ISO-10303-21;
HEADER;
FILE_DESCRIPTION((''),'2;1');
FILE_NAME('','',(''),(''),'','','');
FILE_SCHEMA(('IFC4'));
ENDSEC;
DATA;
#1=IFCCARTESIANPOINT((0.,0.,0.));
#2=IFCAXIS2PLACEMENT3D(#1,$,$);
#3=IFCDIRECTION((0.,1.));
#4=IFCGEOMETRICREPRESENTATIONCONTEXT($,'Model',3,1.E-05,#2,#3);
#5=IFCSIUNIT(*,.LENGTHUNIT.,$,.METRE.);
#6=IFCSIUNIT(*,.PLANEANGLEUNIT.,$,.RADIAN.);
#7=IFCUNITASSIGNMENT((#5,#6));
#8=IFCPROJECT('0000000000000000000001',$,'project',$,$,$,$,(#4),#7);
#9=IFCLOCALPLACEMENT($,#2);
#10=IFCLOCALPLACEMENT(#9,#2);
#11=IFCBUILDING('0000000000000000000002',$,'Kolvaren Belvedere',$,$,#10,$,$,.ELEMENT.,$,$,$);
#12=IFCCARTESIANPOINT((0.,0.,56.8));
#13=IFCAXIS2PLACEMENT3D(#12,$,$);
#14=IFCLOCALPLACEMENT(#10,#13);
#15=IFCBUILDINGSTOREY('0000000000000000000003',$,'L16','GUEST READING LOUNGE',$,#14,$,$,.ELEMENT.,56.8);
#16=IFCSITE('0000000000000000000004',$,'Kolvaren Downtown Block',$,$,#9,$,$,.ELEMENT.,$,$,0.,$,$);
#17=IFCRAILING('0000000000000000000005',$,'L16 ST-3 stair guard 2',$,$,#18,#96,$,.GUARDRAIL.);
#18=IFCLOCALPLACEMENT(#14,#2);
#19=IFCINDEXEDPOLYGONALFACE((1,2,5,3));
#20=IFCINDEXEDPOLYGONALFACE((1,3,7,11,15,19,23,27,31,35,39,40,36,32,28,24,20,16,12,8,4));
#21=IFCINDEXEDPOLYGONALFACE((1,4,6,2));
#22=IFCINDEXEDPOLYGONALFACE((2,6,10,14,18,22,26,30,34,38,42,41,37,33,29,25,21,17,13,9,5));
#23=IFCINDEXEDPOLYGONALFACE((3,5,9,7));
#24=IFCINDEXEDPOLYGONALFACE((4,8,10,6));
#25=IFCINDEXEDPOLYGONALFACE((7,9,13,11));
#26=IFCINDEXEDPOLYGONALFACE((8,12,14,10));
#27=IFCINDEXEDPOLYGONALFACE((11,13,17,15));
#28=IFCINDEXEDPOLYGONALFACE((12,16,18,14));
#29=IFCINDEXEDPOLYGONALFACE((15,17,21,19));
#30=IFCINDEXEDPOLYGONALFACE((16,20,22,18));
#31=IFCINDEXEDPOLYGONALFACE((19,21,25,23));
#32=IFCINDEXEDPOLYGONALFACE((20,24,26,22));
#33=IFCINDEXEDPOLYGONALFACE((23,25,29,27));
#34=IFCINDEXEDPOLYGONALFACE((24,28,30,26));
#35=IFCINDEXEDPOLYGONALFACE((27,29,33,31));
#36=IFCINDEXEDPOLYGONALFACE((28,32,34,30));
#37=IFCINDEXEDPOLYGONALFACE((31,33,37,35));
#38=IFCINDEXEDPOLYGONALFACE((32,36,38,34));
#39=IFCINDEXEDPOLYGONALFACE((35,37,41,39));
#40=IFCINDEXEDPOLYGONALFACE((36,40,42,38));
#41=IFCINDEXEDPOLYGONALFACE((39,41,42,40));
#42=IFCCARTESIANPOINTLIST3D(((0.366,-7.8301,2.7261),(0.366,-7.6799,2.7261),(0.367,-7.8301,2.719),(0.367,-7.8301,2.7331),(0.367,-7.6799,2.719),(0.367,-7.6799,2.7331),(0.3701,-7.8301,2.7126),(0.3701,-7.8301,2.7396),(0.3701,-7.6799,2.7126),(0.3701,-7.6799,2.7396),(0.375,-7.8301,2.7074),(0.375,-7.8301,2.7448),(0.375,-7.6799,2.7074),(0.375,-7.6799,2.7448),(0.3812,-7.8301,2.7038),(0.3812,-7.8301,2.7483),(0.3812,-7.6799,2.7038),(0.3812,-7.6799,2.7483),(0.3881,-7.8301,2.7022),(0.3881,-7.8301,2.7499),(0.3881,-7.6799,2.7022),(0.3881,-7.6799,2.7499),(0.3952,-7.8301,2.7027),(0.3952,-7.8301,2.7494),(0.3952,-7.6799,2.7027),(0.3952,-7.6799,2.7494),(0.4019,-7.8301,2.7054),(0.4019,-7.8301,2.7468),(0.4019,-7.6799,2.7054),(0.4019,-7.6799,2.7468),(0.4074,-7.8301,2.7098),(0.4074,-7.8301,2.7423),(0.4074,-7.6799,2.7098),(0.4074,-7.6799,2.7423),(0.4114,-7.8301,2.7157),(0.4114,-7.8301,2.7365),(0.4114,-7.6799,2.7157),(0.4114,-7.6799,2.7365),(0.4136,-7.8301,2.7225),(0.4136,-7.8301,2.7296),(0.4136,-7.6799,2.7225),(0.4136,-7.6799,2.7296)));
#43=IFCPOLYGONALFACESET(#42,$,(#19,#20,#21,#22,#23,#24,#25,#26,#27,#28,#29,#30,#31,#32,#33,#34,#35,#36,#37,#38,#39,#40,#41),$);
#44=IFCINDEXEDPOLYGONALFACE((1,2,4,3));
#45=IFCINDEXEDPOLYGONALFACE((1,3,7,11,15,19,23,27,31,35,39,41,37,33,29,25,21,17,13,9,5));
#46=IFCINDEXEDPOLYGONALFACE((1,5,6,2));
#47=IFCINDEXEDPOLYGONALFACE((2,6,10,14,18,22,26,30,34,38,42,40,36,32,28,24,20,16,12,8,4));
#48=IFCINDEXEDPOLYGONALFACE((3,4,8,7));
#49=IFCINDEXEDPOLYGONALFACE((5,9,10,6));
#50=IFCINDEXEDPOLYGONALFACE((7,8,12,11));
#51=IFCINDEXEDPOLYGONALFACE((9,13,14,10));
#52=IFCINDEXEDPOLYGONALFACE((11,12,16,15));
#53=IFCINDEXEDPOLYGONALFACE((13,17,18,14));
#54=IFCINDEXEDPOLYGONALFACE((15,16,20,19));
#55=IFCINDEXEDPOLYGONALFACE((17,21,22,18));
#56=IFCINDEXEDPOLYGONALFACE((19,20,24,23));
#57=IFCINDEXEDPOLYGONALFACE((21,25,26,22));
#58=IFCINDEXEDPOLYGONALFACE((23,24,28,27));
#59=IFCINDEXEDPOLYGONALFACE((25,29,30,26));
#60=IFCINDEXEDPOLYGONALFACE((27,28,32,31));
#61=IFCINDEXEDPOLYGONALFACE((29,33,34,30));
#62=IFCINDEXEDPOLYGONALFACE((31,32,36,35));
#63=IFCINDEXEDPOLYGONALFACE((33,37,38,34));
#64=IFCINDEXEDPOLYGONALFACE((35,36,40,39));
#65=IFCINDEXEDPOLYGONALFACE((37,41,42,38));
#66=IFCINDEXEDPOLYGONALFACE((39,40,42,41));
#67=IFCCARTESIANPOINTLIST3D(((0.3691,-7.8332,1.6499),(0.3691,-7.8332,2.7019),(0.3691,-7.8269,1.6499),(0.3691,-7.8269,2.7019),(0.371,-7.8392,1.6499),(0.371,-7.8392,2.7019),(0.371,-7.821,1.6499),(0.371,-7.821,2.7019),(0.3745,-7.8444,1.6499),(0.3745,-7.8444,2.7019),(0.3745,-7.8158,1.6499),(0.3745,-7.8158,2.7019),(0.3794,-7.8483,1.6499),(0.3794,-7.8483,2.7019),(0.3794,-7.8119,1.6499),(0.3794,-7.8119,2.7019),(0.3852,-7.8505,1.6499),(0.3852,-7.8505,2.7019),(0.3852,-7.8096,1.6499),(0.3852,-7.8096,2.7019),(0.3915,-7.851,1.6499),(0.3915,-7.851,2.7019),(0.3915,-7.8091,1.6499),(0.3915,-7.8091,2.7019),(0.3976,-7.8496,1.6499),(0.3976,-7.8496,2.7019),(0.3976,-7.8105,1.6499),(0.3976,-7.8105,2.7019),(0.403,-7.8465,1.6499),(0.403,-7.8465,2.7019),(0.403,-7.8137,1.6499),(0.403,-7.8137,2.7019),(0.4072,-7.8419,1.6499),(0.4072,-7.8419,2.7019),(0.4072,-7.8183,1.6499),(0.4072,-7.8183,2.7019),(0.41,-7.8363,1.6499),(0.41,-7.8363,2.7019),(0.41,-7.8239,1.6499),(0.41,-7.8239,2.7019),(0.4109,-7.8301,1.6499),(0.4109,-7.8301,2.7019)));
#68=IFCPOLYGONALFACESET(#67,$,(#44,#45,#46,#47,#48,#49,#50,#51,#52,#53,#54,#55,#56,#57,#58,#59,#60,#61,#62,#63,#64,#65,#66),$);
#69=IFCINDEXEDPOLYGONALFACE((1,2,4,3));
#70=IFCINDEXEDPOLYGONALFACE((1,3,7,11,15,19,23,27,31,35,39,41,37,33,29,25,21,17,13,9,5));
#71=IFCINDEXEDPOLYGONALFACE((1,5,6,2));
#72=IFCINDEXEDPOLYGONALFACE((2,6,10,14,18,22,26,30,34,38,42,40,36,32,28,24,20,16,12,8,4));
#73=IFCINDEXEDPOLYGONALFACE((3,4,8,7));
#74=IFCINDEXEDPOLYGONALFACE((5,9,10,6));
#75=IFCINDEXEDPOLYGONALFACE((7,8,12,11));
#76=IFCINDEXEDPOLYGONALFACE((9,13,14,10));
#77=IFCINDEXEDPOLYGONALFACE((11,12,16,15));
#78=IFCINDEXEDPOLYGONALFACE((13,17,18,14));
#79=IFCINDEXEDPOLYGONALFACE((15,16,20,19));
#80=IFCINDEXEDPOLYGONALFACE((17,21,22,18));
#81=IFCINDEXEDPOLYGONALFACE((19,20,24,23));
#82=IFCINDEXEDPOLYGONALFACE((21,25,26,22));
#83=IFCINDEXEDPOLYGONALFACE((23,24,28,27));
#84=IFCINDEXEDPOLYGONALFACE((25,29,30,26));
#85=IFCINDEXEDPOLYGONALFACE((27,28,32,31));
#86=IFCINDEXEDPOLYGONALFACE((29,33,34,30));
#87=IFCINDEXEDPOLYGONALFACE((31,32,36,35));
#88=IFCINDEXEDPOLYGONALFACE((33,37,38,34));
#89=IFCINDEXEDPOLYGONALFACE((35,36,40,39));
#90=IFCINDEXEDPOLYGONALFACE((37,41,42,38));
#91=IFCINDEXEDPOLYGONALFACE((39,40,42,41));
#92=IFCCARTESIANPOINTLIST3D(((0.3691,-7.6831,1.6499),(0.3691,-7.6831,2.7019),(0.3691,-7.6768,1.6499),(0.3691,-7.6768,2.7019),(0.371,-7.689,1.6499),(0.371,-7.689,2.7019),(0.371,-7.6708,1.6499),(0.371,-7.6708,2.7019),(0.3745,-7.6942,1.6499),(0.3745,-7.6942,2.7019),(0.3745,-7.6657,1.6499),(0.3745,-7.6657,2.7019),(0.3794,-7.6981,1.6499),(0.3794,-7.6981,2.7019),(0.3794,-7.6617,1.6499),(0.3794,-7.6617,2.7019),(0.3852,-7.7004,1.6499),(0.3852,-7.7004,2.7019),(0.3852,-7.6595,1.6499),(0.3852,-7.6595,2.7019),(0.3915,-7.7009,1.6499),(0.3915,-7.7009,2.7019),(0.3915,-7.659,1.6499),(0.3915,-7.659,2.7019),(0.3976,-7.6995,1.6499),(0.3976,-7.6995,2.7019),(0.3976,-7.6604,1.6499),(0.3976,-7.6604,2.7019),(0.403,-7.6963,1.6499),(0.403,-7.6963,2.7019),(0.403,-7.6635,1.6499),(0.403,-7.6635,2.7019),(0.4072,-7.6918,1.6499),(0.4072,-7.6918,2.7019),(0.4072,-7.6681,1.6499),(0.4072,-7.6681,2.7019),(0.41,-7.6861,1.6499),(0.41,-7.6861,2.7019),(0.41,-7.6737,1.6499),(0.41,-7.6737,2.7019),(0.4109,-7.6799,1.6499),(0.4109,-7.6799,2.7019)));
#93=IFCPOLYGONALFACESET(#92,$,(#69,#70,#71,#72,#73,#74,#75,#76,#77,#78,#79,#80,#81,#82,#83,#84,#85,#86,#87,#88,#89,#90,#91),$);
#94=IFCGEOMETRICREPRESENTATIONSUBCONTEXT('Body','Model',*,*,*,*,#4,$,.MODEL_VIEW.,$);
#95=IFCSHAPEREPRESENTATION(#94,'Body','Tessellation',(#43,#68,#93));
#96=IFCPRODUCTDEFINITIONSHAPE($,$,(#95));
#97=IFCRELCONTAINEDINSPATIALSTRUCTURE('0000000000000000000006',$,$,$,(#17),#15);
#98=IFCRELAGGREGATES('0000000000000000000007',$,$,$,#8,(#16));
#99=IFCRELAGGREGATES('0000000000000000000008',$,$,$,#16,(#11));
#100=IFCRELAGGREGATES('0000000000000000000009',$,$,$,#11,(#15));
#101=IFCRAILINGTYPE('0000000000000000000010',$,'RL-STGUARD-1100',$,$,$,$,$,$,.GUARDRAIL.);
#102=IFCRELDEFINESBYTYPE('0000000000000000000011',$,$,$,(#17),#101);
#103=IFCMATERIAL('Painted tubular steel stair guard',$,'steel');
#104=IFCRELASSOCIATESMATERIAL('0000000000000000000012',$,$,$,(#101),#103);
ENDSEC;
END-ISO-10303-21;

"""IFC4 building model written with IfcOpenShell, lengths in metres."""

from ifc_helpers import new_model, si_unit, direction, frame, origin, origin_2d, place, context, subcontext, project, spatial, circle, extrude, material, type_object, element, save


model = new_model("IFC4")

# Units and contexts
model_context = context("Model", 3, precision=1e-05, world=origin(), true_north=direction((0.0, 1.0)))
body_context = subcontext(model_context, "Body", "Model", "MODEL_VIEW")
ifc_project = project(units=[si_unit("LENGTHUNIT", "METRE"), si_unit("PLANEANGLEUNIT", "RADIAN")], contexts=[model_context])

# Site, building, storey
site_placement = place(None, origin())
site = spatial("IfcSite", under=ifc_project, at=site_placement, Name="Kolvaren Downtown Block", CompositionType="ELEMENT", RefElevation=0.0)
building_placement = place(site_placement, origin())
building = spatial("IfcBuilding", under=site, at=building_placement, Name="Kolvaren Belvedere", CompositionType="ELEMENT")
storey_placement = place(building_placement, frame((0.0, 0.0, 56.8)))
storey = spatial("IfcBuildingStorey", under=building, at=storey_placement, Name="L16", Description="GUEST READING LOUNGE", CompositionType="ELEMENT", Elevation=56.8)

# Railing
ifc_material_1 = material(Name="Painted tubular steel stair guard", Category="steel")
railing_type_1 = type_object("IfcRailingType", Name="RL-STGUARD-1100", PredefinedType="GUARDRAIL", material=ifc_material_1)
railing_1_placement = place(storey_placement, frame((0.3899, -7.8301, 1.6499)))
element("IfcRailing", 1, at=railing_1_placement, inside=storey, type_object=railing_type_1, Name="L16 ST-3 stair guard 2", PredefinedType="GUARDRAIL", context=body_context, shape_type="SweptSolid", body=[
    extrude(circle(Radius=0.0239, at=origin_2d()), frame((0.0, 0.0, 1.0762), z_axis=(0.0, 1.0, 0.0), x_axis=(-1.0, 0.0, 0.0)), (0.0, 0.0, 1.0), 0.1501),
    extrude(circle(Radius=0.021, at=origin_2d()), origin(), (0.0, 0.0, 1.0), 1.052),
    extrude(circle(Radius=0.021, at=origin_2d()), frame((0.0, 0.1501, 0.0)), (0.0, 0.0, 1.0), 1.052),
])

save(model, "model.ifc")
